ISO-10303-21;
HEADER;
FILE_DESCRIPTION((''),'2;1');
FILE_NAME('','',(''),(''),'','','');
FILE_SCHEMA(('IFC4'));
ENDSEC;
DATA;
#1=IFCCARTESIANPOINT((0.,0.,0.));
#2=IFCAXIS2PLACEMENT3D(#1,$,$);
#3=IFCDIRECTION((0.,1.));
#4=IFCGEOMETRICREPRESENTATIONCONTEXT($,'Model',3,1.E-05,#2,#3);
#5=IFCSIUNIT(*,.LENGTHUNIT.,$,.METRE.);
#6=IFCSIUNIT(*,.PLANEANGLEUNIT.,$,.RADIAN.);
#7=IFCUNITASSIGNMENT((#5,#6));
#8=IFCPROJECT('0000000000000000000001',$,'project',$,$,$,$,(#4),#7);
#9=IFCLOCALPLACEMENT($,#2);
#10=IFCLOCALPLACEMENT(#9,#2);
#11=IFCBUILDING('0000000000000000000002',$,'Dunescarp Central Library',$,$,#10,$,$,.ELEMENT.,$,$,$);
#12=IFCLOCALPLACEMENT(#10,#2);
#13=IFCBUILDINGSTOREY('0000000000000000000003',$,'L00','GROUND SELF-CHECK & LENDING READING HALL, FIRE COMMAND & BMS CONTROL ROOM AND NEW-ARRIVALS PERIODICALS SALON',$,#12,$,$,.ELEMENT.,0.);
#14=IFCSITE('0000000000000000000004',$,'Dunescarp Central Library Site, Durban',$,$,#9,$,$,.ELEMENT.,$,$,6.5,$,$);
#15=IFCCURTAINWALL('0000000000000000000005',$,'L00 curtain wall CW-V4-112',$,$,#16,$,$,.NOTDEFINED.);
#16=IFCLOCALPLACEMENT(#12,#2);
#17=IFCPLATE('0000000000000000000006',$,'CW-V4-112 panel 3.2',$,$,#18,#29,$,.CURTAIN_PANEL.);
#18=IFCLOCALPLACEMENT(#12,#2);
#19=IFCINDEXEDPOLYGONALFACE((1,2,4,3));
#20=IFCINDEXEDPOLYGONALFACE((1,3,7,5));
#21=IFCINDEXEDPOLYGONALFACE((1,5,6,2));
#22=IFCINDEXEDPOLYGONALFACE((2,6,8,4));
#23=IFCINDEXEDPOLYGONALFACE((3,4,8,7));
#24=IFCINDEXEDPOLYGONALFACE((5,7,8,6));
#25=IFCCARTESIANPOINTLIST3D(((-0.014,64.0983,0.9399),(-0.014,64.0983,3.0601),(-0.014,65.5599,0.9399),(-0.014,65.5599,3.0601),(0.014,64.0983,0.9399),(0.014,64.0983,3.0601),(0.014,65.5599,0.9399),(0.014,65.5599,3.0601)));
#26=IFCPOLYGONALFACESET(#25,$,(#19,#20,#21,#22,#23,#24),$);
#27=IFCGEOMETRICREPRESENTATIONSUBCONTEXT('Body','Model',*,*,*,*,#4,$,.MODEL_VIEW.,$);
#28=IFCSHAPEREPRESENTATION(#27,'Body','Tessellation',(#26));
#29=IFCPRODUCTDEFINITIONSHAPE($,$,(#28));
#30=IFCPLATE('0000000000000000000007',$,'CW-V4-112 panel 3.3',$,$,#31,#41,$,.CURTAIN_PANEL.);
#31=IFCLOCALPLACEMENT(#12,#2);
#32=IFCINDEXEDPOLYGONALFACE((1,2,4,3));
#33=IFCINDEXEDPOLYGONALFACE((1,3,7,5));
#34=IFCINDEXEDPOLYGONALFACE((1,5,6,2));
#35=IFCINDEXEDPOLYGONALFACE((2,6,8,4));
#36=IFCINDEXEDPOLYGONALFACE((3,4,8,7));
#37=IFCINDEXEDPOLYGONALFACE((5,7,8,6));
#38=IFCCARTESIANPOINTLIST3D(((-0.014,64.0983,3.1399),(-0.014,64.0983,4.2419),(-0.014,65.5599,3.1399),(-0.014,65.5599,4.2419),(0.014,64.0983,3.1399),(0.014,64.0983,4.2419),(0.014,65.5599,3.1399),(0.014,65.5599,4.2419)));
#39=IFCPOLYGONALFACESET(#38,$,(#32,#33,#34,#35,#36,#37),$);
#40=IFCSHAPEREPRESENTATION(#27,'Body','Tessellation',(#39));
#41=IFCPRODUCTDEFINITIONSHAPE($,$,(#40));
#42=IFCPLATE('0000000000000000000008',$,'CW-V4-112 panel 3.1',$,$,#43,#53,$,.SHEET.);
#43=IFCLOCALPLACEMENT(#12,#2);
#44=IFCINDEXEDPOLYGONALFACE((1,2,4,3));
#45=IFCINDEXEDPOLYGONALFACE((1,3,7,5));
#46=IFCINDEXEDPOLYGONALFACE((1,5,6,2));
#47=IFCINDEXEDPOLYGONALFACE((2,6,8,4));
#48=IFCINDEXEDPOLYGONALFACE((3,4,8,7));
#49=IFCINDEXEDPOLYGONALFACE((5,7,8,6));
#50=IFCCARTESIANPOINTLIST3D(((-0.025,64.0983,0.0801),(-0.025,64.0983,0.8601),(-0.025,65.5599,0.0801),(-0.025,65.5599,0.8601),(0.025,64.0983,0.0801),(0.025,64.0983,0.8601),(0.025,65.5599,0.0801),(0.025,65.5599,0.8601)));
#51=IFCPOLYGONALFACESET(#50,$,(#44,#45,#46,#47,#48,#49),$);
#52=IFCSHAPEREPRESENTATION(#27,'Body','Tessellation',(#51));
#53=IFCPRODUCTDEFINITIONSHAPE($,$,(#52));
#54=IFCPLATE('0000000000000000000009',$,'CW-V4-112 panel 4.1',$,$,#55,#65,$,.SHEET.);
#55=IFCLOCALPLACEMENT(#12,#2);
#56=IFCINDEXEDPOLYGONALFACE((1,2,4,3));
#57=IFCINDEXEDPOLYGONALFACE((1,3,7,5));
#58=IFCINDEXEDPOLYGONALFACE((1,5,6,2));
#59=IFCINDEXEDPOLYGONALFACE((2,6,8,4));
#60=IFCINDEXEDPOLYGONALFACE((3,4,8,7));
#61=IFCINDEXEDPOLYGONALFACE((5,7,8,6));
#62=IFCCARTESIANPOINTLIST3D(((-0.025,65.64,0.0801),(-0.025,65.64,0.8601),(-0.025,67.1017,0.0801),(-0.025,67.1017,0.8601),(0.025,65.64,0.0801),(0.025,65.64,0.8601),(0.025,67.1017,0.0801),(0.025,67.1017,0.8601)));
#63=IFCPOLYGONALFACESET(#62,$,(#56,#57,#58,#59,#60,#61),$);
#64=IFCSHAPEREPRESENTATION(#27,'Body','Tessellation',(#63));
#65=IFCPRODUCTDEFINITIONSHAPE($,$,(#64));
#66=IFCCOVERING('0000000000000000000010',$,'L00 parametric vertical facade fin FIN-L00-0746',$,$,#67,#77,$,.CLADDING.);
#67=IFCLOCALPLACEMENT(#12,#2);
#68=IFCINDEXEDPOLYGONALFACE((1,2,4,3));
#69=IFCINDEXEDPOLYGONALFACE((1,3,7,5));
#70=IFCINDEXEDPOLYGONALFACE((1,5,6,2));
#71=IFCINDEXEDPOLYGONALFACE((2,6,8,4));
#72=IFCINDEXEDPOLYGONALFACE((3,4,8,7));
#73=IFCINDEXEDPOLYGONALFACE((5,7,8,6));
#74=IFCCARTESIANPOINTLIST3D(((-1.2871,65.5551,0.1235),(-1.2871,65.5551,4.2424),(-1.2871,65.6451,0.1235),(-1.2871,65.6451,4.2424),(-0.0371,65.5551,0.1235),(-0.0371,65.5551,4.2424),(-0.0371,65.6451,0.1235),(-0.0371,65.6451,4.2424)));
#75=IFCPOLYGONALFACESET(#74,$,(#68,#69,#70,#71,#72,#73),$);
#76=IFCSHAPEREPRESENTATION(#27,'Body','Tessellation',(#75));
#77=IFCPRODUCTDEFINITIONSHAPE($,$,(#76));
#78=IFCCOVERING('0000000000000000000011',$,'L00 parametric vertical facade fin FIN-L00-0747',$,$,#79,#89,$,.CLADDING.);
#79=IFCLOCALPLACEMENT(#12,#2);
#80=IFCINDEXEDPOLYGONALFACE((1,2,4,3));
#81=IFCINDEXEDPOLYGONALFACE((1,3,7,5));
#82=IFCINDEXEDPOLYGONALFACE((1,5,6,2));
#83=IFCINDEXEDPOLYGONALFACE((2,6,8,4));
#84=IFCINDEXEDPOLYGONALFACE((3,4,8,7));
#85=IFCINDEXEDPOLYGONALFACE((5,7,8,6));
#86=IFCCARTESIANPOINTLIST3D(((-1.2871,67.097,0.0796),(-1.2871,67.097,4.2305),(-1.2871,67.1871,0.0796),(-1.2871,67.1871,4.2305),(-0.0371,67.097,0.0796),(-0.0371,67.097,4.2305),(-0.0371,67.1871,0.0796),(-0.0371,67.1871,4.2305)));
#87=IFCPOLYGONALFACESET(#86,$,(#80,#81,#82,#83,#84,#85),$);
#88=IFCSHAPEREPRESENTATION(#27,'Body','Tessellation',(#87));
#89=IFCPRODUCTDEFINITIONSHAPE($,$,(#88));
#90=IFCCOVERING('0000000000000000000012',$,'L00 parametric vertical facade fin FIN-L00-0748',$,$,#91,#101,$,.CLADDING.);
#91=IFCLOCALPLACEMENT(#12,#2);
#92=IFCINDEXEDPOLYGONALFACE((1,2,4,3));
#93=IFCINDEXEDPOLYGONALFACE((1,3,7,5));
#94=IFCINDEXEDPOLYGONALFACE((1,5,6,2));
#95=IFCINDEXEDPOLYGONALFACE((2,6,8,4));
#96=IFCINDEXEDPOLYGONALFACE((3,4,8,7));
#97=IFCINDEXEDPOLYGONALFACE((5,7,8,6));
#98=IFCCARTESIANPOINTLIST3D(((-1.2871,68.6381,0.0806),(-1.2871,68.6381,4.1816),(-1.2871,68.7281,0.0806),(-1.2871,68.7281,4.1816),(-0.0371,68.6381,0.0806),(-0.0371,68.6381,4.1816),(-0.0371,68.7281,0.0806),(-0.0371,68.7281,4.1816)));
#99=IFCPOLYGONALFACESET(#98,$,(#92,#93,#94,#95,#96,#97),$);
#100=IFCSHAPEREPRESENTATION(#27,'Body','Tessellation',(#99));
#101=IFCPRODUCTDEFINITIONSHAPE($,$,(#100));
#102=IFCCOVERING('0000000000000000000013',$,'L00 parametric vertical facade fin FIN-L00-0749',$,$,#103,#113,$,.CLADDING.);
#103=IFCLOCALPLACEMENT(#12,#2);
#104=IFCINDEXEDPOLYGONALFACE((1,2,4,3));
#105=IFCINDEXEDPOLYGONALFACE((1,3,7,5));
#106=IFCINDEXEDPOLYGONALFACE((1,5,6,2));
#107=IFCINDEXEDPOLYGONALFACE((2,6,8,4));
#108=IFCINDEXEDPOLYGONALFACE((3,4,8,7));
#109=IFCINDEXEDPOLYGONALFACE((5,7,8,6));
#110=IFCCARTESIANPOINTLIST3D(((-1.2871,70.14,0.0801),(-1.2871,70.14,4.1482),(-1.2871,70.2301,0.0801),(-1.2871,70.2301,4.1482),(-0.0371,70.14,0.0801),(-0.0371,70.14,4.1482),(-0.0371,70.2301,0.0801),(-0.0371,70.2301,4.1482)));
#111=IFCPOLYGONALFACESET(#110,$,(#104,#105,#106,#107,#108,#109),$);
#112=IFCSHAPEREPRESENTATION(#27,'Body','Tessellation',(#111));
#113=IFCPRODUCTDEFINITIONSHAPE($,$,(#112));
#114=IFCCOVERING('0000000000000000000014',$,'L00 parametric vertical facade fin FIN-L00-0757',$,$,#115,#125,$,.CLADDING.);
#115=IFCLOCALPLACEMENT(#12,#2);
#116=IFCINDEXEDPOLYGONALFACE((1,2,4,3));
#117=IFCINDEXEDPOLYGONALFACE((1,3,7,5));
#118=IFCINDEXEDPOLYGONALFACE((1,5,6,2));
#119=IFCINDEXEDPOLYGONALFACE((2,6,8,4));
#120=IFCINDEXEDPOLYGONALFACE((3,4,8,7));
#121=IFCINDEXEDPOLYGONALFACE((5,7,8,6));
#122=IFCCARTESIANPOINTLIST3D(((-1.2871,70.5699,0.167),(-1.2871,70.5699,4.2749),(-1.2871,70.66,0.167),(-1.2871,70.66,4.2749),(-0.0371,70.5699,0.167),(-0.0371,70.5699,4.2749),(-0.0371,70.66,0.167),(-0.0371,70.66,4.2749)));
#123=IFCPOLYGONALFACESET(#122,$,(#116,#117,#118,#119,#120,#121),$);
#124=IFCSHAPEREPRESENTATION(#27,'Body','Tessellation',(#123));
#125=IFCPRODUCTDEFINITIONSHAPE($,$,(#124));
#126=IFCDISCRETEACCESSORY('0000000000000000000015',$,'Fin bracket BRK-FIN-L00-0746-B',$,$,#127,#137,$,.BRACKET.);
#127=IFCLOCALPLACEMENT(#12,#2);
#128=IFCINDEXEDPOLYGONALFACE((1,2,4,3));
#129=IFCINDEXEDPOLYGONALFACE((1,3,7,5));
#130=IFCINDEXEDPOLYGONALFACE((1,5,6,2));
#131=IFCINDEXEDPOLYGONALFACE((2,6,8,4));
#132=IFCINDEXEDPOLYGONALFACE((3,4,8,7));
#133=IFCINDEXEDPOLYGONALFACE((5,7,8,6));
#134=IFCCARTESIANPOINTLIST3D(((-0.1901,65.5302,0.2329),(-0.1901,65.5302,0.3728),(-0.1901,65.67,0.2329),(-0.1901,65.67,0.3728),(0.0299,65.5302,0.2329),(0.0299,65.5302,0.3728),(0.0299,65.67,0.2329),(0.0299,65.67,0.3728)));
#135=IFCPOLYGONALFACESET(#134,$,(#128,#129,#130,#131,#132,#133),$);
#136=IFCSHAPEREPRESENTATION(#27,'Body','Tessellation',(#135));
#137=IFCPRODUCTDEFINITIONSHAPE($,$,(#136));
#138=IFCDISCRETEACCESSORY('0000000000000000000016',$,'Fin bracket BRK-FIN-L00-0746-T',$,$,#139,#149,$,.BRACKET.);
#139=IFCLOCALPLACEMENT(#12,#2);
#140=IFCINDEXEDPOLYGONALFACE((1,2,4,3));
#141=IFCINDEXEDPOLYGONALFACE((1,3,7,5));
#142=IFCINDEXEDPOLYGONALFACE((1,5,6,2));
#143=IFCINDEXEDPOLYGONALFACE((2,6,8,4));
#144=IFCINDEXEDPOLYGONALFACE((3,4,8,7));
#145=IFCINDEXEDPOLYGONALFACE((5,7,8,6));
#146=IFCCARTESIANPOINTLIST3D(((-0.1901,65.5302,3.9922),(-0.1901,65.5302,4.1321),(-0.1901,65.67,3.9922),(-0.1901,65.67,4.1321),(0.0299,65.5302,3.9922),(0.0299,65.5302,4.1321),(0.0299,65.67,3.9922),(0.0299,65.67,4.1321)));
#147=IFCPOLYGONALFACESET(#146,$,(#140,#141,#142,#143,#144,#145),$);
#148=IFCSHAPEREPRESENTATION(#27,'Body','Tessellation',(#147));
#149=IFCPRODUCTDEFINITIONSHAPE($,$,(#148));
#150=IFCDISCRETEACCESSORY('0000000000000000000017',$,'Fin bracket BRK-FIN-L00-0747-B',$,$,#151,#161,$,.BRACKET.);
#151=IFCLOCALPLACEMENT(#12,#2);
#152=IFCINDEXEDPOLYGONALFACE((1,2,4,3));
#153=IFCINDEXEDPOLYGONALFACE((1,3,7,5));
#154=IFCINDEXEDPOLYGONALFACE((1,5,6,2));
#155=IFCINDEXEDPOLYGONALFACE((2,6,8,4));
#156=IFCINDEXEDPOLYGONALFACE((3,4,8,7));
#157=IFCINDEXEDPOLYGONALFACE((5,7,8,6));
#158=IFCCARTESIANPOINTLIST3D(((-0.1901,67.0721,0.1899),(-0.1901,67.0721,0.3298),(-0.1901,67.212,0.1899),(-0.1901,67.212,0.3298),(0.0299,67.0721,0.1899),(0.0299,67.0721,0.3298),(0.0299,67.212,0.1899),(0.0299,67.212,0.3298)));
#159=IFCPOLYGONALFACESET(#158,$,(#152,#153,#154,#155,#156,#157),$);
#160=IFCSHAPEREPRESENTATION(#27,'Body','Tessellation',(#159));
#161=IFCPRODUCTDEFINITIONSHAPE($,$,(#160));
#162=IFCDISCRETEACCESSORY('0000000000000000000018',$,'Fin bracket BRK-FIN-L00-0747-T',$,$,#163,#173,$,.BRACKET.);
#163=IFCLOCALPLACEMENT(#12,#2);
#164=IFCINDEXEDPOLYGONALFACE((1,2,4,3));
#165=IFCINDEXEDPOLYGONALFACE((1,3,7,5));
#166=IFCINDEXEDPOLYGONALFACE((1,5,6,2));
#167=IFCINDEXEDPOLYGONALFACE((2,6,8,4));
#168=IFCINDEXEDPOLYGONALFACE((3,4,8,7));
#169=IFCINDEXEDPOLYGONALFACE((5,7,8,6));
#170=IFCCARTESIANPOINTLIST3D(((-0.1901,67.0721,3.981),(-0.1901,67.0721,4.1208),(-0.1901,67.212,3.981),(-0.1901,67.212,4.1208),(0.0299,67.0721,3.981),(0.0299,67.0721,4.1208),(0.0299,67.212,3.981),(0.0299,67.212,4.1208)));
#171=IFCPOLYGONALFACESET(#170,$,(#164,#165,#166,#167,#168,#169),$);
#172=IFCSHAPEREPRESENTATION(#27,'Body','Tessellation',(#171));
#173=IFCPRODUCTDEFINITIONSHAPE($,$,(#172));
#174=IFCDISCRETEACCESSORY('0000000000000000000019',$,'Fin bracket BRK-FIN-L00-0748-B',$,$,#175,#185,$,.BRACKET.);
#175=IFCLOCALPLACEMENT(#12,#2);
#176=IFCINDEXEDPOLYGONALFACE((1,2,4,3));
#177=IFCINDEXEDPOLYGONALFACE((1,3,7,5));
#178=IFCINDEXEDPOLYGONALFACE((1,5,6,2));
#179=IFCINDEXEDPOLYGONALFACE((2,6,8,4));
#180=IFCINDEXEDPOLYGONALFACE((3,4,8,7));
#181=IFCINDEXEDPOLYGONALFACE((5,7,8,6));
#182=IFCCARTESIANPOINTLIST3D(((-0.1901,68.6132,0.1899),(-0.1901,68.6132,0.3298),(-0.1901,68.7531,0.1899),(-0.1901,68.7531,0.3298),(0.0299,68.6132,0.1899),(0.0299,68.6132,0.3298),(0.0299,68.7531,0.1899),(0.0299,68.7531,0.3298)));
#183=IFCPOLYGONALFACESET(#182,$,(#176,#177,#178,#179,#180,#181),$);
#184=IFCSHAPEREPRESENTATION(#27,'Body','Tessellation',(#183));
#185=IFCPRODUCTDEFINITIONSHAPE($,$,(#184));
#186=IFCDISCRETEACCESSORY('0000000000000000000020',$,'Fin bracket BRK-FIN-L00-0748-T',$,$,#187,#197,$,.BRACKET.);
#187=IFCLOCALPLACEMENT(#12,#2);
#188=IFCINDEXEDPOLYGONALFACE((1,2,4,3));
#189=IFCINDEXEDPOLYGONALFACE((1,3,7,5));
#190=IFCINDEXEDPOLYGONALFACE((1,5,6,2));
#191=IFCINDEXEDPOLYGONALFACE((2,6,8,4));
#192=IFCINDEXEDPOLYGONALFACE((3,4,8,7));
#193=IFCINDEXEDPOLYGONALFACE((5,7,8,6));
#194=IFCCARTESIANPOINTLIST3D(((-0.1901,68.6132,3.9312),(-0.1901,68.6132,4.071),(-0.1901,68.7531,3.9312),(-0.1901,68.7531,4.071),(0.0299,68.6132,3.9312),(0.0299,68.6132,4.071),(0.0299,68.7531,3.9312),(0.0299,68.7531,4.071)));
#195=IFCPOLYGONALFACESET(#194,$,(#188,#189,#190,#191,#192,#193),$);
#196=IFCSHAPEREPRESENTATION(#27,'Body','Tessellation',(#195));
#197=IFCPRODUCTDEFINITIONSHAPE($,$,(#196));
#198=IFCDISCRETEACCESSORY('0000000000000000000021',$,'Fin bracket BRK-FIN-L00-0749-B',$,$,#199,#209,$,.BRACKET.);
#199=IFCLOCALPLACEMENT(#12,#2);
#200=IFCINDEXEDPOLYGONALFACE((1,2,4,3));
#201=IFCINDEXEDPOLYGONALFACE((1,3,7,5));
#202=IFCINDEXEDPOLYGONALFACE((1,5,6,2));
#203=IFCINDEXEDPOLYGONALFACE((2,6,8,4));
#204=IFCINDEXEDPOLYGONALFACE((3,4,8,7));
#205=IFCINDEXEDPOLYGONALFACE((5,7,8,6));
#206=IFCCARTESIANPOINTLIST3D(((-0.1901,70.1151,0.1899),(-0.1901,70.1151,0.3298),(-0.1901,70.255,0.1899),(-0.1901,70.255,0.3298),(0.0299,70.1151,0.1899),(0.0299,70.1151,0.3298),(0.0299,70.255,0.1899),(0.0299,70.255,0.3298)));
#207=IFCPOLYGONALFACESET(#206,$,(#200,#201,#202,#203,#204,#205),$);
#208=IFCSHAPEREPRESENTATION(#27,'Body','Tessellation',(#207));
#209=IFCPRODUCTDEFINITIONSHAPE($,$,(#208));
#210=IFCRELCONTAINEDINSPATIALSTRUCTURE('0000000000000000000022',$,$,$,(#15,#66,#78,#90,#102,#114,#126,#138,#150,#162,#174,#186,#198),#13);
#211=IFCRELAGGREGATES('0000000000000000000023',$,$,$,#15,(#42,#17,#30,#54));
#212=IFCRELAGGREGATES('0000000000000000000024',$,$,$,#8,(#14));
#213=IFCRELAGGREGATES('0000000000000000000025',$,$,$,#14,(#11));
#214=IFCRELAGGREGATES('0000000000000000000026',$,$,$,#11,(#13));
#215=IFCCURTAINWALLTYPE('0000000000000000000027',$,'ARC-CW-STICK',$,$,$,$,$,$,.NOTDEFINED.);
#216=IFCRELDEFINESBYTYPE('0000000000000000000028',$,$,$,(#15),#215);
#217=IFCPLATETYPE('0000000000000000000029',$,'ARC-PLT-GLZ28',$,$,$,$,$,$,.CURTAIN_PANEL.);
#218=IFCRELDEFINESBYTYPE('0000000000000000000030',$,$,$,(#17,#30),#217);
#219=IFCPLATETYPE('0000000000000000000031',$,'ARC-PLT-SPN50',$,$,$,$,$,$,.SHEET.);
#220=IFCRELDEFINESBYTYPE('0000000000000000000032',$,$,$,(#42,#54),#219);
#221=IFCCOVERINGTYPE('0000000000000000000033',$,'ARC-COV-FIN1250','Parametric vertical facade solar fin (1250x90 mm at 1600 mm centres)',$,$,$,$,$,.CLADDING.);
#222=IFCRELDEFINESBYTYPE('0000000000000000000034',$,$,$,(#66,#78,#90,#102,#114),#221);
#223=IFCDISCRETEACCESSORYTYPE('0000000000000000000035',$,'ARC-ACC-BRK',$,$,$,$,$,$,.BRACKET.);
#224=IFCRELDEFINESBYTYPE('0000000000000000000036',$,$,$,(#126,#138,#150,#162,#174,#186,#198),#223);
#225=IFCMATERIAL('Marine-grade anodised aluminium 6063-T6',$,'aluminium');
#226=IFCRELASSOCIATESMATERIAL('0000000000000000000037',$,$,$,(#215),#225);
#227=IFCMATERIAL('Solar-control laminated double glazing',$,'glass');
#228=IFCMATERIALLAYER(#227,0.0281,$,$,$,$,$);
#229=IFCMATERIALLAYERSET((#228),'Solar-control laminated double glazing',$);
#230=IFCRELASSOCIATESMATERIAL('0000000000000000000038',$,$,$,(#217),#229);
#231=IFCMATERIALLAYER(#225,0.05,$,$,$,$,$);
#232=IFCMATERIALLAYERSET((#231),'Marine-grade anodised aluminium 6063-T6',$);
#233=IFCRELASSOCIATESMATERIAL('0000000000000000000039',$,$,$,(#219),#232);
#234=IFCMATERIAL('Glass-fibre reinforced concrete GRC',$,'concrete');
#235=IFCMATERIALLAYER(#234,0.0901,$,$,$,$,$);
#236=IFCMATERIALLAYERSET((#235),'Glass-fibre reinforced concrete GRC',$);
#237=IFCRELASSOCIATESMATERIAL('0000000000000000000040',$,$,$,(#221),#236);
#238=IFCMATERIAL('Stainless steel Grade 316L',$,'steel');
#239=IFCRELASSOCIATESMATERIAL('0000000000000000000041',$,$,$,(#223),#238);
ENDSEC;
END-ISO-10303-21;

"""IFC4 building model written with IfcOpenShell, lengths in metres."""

from ifc_helpers import new_model, si_unit, direction, frame, origin, origin_2d, place, context, subcontext, project, spatial, rectangle, extrude, material, layer, layer_set, type_object, element, aggregate, save


model = new_model("IFC4")

# Units and contexts
model_context = context("Model", 3, precision=1e-05, world=origin(), true_north=direction((0.0, 1.0)))
body_context = subcontext(model_context, "Body", "Model", "MODEL_VIEW")
ifc_project = project(units=[si_unit("LENGTHUNIT", "METRE"), si_unit("PLANEANGLEUNIT", "RADIAN")], contexts=[model_context])

# Site, building, storey
site_placement = place(None, origin())
site = spatial("IfcSite", under=ifc_project, at=site_placement, Name="Dunescarp Central Library Site, Durban", CompositionType="ELEMENT", RefElevation=6.5)
building_placement = place(site_placement, origin())
building = spatial("IfcBuilding", under=site, at=building_placement, Name="Dunescarp Central Library", CompositionType="ELEMENT")
storey_placement = place(building_placement, origin())
storey = spatial("IfcBuildingStorey", under=building, at=storey_placement, Name="L00", Description="GROUND SELF-CHECK & LENDING READING HALL, FIRE COMMAND & BMS CONTROL ROOM AND NEW-ARRIVALS PERIODICALS SALON", CompositionType="ELEMENT", Elevation=0.0)

# Curtain wall, plates
ifc_material_1 = material(Name="Marine-grade anodised aluminium 6063-T6", Category="aluminium")
curtain_wall_type = type_object("IfcCurtainWallType", Name="ARC-CW-STICK", PredefinedType="NOTDEFINED", material=ifc_material_1)
curtain_wall_placement = place(storey_placement, origin())
curtain_wall = element("IfcCurtainWall", 1, at=curtain_wall_placement, inside=storey, type_object=curtain_wall_type, Name="L00 curtain wall CW-V4-112", PredefinedType="NOTDEFINED")
ifc_material_2 = material(Name="Solar-control laminated double glazing", Category="glass")
ifc_layer_1 = layer(ifc_material_2, 0.0281)
ifc_layer_set_1 = layer_set([ifc_layer_1], Name="Solar-control laminated double glazing")
plate_type_1 = type_object("IfcPlateType", Name="ARC-PLT-GLZ28", PredefinedType="CURTAIN_PANEL", material=ifc_layer_set_1)
plate_1_placement = place(storey_placement, frame((0.0, 64.8291, 0.9399), z_axis=(0.0, 0.0, 1.0), x_axis=(0.0, 1.0, 0.0)))
plate_1 = element("IfcPlate", 2, at=plate_1_placement, type_object=plate_type_1, Name="CW-V4-112 panel 3.2", PredefinedType="CURTAIN_PANEL", context=body_context, shape_type="SweptSolid", body=[
    extrude(rectangle(XDim=1.4617, YDim=0.0281, at=origin_2d()), origin(), (0.0, 0.0, 1.0), 2.1201),
])
plate_2_placement = place(storey_placement, frame((0.0, 64.8291, 3.1399), z_axis=(0.0, 0.0, 1.0), x_axis=(0.0, 1.0, 0.0)))
plate_2 = element("IfcPlate", 3, at=plate_2_placement, type_object=plate_type_1, Name="CW-V4-112 panel 3.3", PredefinedType="CURTAIN_PANEL", context=body_context, shape_type="SweptSolid", body=[
    extrude(rectangle(XDim=1.4617, YDim=0.0281, at=origin_2d()), origin(), (0.0, 0.0, 1.0), 1.1021),
])
ifc_layer_2 = layer(ifc_material_1, 0.05)
ifc_layer_set_2 = layer_set([ifc_layer_2], Name="Marine-grade anodised aluminium 6063-T6")
plate_type_2 = type_object("IfcPlateType", Name="ARC-PLT-SPN50", PredefinedType="SHEET", material=ifc_layer_set_2)
plate_3_placement = place(storey_placement, frame((0.0, 64.8291, 0.0801), z_axis=(0.0, 0.0, 1.0), x_axis=(0.0, 1.0, 0.0)))
plate_3 = element("IfcPlate", 4, at=plate_3_placement, type_object=plate_type_2, Name="CW-V4-112 panel 3.1", PredefinedType="SHEET", context=body_context, shape_type="SweptSolid", body=[
    extrude(rectangle(XDim=1.4617, YDim=0.05, at=origin_2d()), origin(), (0.0, 0.0, 1.0), 0.78),
])
plate_4_placement = place(storey_placement, frame((0.0, 66.3708, 0.0801), z_axis=(0.0, 0.0, 1.0), x_axis=(0.0, 1.0, 0.0)))
plate_4 = element("IfcPlate", 5, at=plate_4_placement, type_object=plate_type_2, Name="CW-V4-112 panel 4.1", PredefinedType="SHEET", context=body_context, shape_type="SweptSolid", body=[
    extrude(rectangle(XDim=1.4617, YDim=0.05, at=origin_2d()), origin(), (0.0, 0.0, 1.0), 0.78),
])
aggregate(curtain_wall, [plate_3, plate_1, plate_2, plate_4])

# Coverings
ifc_material_3 = material(Name="Glass-fibre reinforced concrete GRC", Category="concrete")
ifc_layer_3 = layer(ifc_material_3, 0.0901)
ifc_layer_set_3 = layer_set([ifc_layer_3], Name="Glass-fibre reinforced concrete GRC")
covering_type = type_object("IfcCoveringType", Name="ARC-COV-FIN1250", Description="Parametric vertical facade solar fin (1250x90 mm at 1600 mm centres)", PredefinedType="CLADDING", material=ifc_layer_set_3)
covering_1_placement = place(storey_placement, frame((-0.6621, 65.6001, 0.1235), z_axis=(0.0, 0.0, 1.0), x_axis=(-1.0, 0.0, 0.0)))
element("IfcCovering", 6, at=covering_1_placement, inside=storey, type_object=covering_type, Name="L00 parametric vertical facade fin FIN-L00-0746", PredefinedType="CLADDING", context=body_context, shape_type="SweptSolid", body=[
    extrude(rectangle(XDim=1.25, YDim=0.0901, at=origin_2d()), origin(), (0.0, 0.0, 1.0), 4.1189),
])
covering_2_placement = place(storey_placement, frame((-0.6621, 67.1421, 0.0796), z_axis=(0.0, 0.0, 1.0), x_axis=(-1.0, 0.0, 0.0)))
element("IfcCovering", 7, at=covering_2_placement, inside=storey, type_object=covering_type, Name="L00 parametric vertical facade fin FIN-L00-0747", PredefinedType="CLADDING", context=body_context, shape_type="SweptSolid", body=[
    extrude(rectangle(XDim=1.25, YDim=0.0901, at=origin_2d()), origin(), (0.0, 0.0, 1.0), 4.1509),
])
covering_3_placement = place(storey_placement, frame((-0.6621, 68.6831, 0.0806), z_axis=(0.0, 0.0, 1.0), x_axis=(-1.0, 0.0, 0.0)))
element("IfcCovering", 8, at=covering_3_placement, inside=storey, type_object=covering_type, Name="L00 parametric vertical facade fin FIN-L00-0748", PredefinedType="CLADDING", context=body_context, shape_type="SweptSolid", body=[
    extrude(rectangle(XDim=1.25, YDim=0.0901, at=origin_2d()), origin(), (0.0, 0.0, 1.0), 4.1011),
])
covering_4_placement = place(storey_placement, frame((-0.6621, 70.1851, 0.0801), z_axis=(0.0, 0.0, 1.0), x_axis=(-1.0, 0.0, 0.0)))
element("IfcCovering", 9, at=covering_4_placement, inside=storey, type_object=covering_type, Name="L00 parametric vertical facade fin FIN-L00-0749", PredefinedType="CLADDING", context=body_context, shape_type="SweptSolid", body=[
    extrude(rectangle(XDim=1.25, YDim=0.0901, at=origin_2d()), origin(), (0.0, 0.0, 1.0), 4.0681),
])
covering_5_placement = place(storey_placement, frame((-0.6621, 70.615, 0.167), z_axis=(0.0, 0.0, 1.0), x_axis=(-1.0, 0.0, 0.0)))
element("IfcCovering", 10, at=covering_5_placement, inside=storey, type_object=covering_type, Name="L00 parametric vertical facade fin FIN-L00-0757", PredefinedType="CLADDING", context=body_context, shape_type="SweptSolid", body=[
    extrude(rectangle(XDim=1.25, YDim=0.0901, at=origin_2d()), origin(), (0.0, 0.0, 1.0), 4.1079),
])

# Discrete accessories
ifc_material_4 = material(Name="Stainless steel Grade 316L", Category="steel")
discrete_accessory_type = type_object("IfcDiscreteAccessoryType", Name="ARC-ACC-BRK", PredefinedType="BRACKET", material=ifc_material_4)
for number, where, z_axis, x_axis, name in (
    (11, (-0.0801, 65.6001, 0.2329), (0.0, 0.0, 1.0), (-1.0, 0.0, 0.0), "Fin bracket BRK-FIN-L00-0746-B"),
    (12, (-0.0801, 65.6001, 3.9922), (0.0, 0.0, 1.0), (-1.0, 0.0, 0.0), "Fin bracket BRK-FIN-L00-0746-T"),
    (13, (-0.0801, 67.1421, 0.1899), (0.0, 0.0, 1.0), (-1.0, 0.0, 0.0), "Fin bracket BRK-FIN-L00-0747-B"),
    (14, (-0.0801, 67.1421, 3.981), (0.0, 0.0, 1.0), (-1.0, 0.0, 0.0), "Fin bracket BRK-FIN-L00-0747-T"),
    (15, (-0.0801, 68.6831, 0.1899), (0.0, 0.0, 1.0), (-1.0, 0.0, 0.0), "Fin bracket BRK-FIN-L00-0748-B"),
    (16, (-0.0801, 68.6831, 3.9312), (0.0, 0.0, 1.0), (-1.0, 0.0, 0.0), "Fin bracket BRK-FIN-L00-0748-T"),
    (17, (-0.0801, 70.1851, 0.1899), (0.0, 0.0, 1.0), (-1.0, 0.0, 0.0), "Fin bracket BRK-FIN-L00-0749-B"),
):
    element("IfcDiscreteAccessory", number, at=place(storey_placement, frame(where, z_axis=z_axis, x_axis=x_axis)), inside=storey, type_object=discrete_accessory_type, Name=name, PredefinedType="BRACKET", context=body_context, shape_type="SweptSolid", body=[
        extrude(rectangle(XDim=0.22, YDim=0.1399, at=origin_2d()), origin(), (0.0, 0.0, 1.0), 0.1399),
    ])

save(model, "model.ifc")
